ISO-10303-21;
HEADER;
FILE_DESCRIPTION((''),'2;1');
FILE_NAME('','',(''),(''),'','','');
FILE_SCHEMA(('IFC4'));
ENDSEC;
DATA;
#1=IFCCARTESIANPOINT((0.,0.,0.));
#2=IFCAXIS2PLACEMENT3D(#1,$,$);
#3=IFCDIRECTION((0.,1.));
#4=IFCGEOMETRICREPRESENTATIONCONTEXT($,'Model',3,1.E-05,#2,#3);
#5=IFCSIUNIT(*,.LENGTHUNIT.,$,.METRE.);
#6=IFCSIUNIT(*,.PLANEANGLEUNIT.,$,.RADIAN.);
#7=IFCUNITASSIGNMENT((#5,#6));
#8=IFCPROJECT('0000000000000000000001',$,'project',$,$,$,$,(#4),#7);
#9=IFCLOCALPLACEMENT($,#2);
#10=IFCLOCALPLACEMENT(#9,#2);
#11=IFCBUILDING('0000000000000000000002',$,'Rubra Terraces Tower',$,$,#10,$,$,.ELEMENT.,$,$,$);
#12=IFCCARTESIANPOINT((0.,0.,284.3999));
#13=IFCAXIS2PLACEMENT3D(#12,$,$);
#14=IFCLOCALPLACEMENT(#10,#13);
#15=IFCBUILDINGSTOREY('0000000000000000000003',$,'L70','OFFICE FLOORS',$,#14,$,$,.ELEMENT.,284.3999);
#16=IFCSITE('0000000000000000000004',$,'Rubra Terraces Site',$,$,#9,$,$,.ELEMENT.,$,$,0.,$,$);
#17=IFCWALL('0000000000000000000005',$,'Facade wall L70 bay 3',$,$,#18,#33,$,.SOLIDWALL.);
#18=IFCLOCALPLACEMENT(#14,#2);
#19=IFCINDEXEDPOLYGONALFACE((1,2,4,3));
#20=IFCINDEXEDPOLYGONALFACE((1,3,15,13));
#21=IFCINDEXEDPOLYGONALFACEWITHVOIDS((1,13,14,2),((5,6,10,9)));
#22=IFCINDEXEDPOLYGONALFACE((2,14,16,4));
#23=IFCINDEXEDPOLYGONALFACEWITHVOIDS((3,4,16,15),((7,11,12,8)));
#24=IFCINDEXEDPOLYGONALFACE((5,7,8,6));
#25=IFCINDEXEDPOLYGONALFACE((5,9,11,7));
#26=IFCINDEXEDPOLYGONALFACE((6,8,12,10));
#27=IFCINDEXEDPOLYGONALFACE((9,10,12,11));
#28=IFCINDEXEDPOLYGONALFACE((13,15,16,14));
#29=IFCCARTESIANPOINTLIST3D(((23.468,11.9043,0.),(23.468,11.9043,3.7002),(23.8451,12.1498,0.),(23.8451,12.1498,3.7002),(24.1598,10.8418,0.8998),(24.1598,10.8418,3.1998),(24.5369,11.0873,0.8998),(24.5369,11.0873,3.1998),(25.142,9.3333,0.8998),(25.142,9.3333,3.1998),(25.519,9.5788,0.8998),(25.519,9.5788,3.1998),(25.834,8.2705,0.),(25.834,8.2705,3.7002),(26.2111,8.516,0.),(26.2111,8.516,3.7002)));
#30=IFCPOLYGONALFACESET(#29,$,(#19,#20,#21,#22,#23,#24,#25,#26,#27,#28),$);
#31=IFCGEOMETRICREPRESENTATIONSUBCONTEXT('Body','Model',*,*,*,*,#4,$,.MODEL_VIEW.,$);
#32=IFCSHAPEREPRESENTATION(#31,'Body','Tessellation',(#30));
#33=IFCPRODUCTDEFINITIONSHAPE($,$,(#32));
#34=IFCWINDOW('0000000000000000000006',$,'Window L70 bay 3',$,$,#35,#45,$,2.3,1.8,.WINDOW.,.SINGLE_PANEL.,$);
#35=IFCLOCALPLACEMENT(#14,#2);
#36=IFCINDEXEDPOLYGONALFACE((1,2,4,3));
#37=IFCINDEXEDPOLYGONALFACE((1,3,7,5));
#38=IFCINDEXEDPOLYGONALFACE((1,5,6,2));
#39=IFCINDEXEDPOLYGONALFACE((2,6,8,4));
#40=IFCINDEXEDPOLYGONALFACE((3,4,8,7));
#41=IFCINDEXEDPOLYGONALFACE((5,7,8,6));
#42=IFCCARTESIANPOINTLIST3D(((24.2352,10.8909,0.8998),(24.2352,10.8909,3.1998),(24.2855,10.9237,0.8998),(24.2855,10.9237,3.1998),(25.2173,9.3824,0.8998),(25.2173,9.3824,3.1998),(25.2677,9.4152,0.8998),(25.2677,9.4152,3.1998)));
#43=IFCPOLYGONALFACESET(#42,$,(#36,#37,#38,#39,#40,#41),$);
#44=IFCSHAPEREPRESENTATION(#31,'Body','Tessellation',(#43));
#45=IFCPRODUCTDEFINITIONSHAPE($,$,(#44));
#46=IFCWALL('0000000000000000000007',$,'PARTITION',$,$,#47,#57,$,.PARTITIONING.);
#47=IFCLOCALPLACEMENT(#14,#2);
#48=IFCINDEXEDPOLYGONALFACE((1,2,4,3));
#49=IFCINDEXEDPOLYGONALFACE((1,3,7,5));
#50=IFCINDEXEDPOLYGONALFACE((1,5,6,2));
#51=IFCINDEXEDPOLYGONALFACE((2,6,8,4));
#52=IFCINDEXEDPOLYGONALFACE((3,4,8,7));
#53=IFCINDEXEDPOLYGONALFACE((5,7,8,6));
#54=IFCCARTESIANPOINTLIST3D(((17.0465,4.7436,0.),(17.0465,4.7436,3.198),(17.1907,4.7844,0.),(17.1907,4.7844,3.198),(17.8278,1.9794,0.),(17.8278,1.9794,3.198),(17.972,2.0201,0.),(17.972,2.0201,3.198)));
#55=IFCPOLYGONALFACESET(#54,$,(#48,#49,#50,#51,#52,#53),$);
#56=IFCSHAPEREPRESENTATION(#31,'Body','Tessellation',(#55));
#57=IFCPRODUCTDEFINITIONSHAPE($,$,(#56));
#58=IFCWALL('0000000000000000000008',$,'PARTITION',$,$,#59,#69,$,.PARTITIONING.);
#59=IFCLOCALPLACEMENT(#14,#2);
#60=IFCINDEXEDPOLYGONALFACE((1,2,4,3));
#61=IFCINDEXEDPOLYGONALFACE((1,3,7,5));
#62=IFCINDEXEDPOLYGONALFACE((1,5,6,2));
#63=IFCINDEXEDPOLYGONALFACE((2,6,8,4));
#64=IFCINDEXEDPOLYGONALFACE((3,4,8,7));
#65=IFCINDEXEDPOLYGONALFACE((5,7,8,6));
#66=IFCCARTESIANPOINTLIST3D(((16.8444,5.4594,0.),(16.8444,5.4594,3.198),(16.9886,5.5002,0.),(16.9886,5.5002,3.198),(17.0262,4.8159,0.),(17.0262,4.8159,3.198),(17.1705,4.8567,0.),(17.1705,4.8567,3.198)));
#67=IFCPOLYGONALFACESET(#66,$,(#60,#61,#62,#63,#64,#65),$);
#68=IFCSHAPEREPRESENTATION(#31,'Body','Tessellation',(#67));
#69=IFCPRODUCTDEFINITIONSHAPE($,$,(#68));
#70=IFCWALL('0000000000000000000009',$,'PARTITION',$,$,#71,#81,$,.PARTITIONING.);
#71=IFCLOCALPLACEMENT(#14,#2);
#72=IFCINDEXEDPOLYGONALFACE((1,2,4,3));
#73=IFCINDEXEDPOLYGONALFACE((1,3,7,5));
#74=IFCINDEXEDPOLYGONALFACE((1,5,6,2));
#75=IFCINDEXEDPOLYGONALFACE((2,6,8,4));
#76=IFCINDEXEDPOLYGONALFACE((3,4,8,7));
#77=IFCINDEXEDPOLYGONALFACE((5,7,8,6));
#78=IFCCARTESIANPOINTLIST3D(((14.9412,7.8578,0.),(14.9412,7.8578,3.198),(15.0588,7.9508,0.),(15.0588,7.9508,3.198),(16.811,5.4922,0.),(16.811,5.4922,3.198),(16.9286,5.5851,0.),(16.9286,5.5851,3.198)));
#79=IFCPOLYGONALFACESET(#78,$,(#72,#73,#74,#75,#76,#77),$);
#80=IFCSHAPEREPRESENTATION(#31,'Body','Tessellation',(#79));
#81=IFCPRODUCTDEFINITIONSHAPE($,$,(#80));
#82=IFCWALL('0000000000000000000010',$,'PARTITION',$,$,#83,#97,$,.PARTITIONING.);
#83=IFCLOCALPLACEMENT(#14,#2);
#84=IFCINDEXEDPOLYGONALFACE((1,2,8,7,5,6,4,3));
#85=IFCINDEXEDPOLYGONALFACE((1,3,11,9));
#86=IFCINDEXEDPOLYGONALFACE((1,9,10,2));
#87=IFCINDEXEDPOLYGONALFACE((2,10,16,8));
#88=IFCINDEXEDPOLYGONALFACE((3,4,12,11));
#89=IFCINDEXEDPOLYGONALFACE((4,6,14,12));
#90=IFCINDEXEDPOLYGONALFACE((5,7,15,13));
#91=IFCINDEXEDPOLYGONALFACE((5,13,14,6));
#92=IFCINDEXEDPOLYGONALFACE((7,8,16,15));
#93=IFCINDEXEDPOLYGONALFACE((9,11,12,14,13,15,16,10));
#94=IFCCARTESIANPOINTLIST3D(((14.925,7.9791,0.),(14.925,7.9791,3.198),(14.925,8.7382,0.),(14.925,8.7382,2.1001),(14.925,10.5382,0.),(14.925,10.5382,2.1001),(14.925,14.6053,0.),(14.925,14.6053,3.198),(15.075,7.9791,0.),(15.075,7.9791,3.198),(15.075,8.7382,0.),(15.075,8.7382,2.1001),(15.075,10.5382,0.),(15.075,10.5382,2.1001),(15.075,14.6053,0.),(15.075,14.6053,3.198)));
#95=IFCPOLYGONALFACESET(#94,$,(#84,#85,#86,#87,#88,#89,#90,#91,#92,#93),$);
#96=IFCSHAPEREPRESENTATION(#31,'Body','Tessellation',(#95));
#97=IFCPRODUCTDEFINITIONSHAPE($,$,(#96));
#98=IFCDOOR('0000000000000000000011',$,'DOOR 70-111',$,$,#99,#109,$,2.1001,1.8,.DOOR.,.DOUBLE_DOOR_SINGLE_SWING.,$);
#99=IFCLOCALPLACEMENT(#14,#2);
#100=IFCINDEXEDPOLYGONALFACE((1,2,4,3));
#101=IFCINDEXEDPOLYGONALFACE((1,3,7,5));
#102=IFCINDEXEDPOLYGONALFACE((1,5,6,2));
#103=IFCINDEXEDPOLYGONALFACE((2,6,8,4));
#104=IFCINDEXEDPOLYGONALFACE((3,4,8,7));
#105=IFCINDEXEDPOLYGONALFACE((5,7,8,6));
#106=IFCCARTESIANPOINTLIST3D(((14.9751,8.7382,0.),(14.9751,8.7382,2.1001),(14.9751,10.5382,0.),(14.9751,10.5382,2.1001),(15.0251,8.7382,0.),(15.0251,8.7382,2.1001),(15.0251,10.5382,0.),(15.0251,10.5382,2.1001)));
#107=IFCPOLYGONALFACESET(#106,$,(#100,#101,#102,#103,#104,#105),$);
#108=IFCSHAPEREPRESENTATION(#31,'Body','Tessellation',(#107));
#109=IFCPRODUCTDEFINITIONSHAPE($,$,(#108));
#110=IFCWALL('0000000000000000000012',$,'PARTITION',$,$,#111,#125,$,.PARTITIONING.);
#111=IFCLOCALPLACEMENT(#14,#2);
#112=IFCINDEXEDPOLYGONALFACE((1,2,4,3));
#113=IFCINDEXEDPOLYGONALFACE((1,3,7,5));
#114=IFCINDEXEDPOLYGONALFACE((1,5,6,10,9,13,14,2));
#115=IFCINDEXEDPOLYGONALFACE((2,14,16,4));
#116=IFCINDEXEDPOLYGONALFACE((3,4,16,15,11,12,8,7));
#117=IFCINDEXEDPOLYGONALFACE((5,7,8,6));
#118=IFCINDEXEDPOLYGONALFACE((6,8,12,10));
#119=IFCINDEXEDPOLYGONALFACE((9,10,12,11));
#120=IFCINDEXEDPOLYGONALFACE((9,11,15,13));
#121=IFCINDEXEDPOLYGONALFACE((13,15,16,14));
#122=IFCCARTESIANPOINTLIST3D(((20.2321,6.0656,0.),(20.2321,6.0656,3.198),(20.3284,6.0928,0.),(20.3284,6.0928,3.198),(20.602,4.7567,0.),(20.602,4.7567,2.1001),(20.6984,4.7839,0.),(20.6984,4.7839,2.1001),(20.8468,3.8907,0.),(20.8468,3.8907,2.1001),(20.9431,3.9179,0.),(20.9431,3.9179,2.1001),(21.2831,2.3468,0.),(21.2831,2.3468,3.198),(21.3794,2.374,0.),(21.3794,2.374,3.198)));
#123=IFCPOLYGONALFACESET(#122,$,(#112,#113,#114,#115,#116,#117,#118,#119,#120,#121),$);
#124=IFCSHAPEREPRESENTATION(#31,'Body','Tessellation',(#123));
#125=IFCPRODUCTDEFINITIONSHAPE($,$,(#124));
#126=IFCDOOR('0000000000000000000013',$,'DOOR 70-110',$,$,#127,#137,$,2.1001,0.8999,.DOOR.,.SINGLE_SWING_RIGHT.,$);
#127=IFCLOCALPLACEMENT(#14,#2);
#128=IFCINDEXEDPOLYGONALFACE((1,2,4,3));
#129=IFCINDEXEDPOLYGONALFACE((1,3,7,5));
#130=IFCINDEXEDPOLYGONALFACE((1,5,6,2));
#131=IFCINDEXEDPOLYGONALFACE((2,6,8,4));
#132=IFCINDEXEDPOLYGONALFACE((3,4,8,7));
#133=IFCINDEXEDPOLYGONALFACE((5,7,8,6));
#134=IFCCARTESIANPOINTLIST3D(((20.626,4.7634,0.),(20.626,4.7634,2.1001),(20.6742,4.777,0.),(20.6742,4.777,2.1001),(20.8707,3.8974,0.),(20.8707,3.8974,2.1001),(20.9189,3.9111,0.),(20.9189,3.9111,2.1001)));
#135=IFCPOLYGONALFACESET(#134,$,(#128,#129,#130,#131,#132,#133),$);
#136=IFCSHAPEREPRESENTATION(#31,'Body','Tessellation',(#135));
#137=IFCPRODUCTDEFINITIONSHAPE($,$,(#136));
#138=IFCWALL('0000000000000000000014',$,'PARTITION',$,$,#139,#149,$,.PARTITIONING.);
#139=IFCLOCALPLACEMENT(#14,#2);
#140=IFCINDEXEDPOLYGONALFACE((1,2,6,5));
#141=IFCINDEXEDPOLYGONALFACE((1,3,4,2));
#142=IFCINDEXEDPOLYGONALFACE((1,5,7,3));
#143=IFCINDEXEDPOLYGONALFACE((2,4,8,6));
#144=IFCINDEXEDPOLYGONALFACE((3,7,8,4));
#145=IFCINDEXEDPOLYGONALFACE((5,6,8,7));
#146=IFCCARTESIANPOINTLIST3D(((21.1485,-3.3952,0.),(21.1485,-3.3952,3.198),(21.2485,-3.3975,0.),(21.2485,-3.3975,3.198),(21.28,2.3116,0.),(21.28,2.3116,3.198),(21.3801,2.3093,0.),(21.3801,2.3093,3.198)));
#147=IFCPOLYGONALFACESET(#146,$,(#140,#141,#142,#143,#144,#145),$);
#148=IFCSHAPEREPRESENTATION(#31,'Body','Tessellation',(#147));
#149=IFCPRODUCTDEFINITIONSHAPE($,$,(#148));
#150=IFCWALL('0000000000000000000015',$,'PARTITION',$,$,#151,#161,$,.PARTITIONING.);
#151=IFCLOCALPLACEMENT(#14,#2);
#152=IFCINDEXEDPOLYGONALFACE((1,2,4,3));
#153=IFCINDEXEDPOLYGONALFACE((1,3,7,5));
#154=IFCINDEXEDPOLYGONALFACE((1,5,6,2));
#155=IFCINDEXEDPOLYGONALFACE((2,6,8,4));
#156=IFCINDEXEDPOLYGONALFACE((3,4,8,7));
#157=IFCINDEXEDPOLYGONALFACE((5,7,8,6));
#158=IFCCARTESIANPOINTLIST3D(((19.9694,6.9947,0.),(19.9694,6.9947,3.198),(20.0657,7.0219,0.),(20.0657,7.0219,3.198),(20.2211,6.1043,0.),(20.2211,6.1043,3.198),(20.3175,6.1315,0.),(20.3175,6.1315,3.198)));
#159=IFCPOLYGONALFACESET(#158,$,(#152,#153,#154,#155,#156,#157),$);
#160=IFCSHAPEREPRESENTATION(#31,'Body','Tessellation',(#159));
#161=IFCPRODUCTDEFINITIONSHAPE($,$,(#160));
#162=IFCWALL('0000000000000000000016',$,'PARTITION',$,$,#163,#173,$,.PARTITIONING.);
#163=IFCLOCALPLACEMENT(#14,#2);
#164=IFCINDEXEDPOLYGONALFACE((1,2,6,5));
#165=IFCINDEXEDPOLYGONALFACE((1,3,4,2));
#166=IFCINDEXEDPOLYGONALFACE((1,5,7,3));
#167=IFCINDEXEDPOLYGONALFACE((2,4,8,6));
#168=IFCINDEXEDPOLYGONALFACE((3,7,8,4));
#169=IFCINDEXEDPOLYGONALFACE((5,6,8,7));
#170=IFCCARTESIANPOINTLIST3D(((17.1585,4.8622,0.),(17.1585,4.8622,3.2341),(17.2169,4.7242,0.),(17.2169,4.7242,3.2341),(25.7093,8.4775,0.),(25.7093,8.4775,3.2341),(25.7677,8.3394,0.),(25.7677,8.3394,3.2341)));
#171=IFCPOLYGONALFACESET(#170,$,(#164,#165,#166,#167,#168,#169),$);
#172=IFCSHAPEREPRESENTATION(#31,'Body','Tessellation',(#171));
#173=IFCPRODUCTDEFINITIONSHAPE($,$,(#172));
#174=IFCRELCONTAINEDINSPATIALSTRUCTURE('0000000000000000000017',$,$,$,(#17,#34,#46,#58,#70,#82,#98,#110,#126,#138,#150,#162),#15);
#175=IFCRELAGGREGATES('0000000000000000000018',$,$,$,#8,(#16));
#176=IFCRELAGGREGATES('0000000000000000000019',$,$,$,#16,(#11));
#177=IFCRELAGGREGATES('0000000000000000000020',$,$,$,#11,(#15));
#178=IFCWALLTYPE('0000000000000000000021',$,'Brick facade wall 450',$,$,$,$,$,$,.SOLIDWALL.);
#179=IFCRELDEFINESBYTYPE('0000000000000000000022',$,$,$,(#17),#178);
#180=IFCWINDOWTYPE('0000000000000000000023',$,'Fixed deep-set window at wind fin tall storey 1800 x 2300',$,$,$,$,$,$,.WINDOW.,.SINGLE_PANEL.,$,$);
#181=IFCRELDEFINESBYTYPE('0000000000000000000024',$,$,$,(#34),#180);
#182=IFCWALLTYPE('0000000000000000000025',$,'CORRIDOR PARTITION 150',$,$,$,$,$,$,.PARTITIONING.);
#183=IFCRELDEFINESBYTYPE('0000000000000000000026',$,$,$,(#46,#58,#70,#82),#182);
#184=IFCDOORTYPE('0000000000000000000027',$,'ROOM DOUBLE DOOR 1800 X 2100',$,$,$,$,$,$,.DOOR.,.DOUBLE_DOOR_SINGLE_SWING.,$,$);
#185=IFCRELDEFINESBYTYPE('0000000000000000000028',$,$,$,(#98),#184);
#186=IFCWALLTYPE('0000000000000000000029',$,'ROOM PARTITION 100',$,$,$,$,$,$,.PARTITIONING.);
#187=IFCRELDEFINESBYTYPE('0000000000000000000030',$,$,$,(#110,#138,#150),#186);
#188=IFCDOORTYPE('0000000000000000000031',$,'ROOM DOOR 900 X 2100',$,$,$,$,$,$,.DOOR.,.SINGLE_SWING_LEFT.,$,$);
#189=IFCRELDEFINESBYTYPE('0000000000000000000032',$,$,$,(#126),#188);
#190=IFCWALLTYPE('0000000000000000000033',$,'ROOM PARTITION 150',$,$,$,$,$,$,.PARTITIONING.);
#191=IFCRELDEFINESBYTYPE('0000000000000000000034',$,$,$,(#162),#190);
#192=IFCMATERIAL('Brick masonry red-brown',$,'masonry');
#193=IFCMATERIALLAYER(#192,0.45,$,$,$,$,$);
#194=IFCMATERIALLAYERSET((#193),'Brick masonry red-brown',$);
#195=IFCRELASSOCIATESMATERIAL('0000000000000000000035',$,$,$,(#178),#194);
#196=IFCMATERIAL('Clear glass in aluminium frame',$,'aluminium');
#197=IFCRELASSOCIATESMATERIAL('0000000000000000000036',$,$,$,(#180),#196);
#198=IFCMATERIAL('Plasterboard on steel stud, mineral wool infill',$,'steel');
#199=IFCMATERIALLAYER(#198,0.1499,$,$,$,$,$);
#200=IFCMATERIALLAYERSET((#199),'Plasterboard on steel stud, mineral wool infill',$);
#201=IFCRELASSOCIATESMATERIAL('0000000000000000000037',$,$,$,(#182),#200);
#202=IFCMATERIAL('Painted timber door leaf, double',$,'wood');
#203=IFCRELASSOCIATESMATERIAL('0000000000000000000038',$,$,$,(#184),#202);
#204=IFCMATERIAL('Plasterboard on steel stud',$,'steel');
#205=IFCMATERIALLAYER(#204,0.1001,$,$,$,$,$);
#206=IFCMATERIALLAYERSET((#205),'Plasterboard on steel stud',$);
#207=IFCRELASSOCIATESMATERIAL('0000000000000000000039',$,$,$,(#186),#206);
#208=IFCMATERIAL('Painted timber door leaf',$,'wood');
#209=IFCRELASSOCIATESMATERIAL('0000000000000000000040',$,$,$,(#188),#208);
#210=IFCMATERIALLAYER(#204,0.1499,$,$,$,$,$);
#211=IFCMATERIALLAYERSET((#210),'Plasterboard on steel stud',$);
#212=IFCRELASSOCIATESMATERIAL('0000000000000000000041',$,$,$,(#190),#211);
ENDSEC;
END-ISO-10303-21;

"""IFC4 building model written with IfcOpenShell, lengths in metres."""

from ifc_helpers import new_model, si_unit, direction, frame, frame_2d, origin, place, context, subcontext, project, spatial, rectangle, extrude, material, layer, layer_set, type_object, element, fill, save


model = new_model("IFC4")

# Units and contexts
model_context = context("Model", 3, precision=1e-05, world=origin(), true_north=direction((0.0, 1.0)))
body_context = subcontext(model_context, "Body", "Model", "MODEL_VIEW")
ifc_project = project(units=[si_unit("LENGTHUNIT", "METRE"), si_unit("PLANEANGLEUNIT", "RADIAN")], contexts=[model_context])

# Site, building, storey
site_placement = place(None, origin())
site = spatial("IfcSite", under=ifc_project, at=site_placement, Name="Rubra Terraces Site", CompositionType="ELEMENT", RefElevation=0.0)
building_placement = place(site_placement, origin())
building = spatial("IfcBuilding", under=site, at=building_placement, Name="Rubra Terraces Tower", CompositionType="ELEMENT")
storey_placement = place(building_placement, frame((0.0, 0.0, 284.3999)))
storey = spatial("IfcBuildingStorey", under=building, at=storey_placement, Name="L70", Description="OFFICE FLOORS", CompositionType="ELEMENT", Elevation=284.3999)

# Wall, opening, window
ifc_material_1 = material(Name="Brick masonry red-brown", Category="masonry")
ifc_layer_1 = layer(ifc_material_1, 0.45)
ifc_layer_set_1 = layer_set([ifc_layer_1], Name="Brick masonry red-brown")
wall_type_1 = type_object("IfcWallType", Name="Brick facade wall 450", PredefinedType="SOLIDWALL", material=ifc_layer_set_1)
ifc_material_2 = material(Name="Clear glass in aluminium frame", Category="aluminium")
wall_1_placement = place(storey_placement, frame((26.0225, 8.3933, 0.0), z_axis=(0.0, 0.0, 1.0), x_axis=(-0.545637, 0.838021, 0.0)))
wall_1 = element("IfcWall", 1, at=wall_1_placement, inside=storey, type_object=wall_type_1, Name="Facade wall L70 bay 3", PredefinedType="SOLIDWALL", context=body_context, shape_type="SweptSolid", body=[
    extrude(rectangle(XDim=4.3362, YDim=0.45, at=frame_2d((2.168, 0.0))), origin(), (0.0, 0.0, 1.0), 3.7002),
])
opening_1_placement = place(wall_1_placement, frame((1.2683, 0.0, 0.8999)))
opening_1 = element("IfcOpeningElement", 2, at=opening_1_placement, cuts=wall_1, PredefinedType="OPENING", context=body_context, shape_type="SweptSolid", body=[
    extrude(rectangle(XDim=1.8, YDim=2.3, at=frame_2d((0.8999, 1.1499))), frame((0.0, 0.2349, 0.0), z_axis=(0.0, -1.0, 0.0), x_axis=(1.0, 0.0, 0.0)), (0.0, 0.0, 1.0), 0.47),
])
window_type_1 = type_object("IfcWindowType", Name="Fixed deep-set window at wind fin tall storey 1800 x 2300", PartitioningType="SINGLE_PANEL", PredefinedType="WINDOW", material=ifc_material_2)
window_1_placement = place(opening_1_placement, origin())
window_1 = element("IfcWindow", 3, at=window_1_placement, inside=storey, type_object=window_type_1, Name="Window L70 bay 3", OverallHeight=2.3, OverallWidth=1.8, PartitioningType="SINGLE_PANEL", PredefinedType="WINDOW", context=body_context, shape_type="SweptSolid", body=[
    extrude(rectangle(XDim=1.8, YDim=2.3, at=frame_2d((0.8999, 1.1499))), frame((0.0, 0.135, 0.0), z_axis=(0.0, -1.0, 0.0), x_axis=(1.0, 0.0, 0.0)), (0.0, 0.0, 1.0), 0.0601),
])
fill(opening_1, window_1)

# Walls
ifc_material_3 = material(Name="Plasterboard on steel stud, mineral wool infill", Category="steel")
ifc_layer_2 = layer(ifc_material_3, 0.1499)
ifc_layer_set_2 = layer_set([ifc_layer_2], Name="Plasterboard on steel stud, mineral wool infill")
wall_type_2 = type_object("IfcWallType", Name="CORRIDOR PARTITION 150", PredefinedType="PARTITIONING", material=ifc_layer_set_2)
wall_2_placement = place(storey_placement, frame((17.8999, 1.9998, 0.0), z_axis=(0.0, 0.0, 1.0), x_axis=(-0.271981, 0.962303, 0.0)))
element("IfcWall", 4, at=wall_2_placement, inside=storey, type_object=wall_type_2, Name="PARTITION", PredefinedType="PARTITIONING", context=body_context, shape_type="SweptSolid", body=[
    extrude(rectangle(XDim=2.8726, YDim=0.1499, at=frame_2d((1.4363, 0.0))), origin(), (0.0, 0.0, 1.0), 3.198),
])
wall_3_placement = place(storey_placement, frame((17.0984, 4.8362, 0.0), z_axis=(0.0, 0.0, 1.0), x_axis=(-0.271972, 0.962305, 0.0)))
element("IfcWall", 5, at=wall_3_placement, inside=storey, type_object=wall_type_2, Name="PARTITION", PredefinedType="PARTITIONING", context=body_context, shape_type="SweptSolid", body=[
    extrude(rectangle(XDim=0.6687, YDim=0.1499, at=frame_2d((0.3345, 0.0))), origin(), (0.0, 0.0, 1.0), 3.198),
])
wall_4_placement = place(storey_placement, frame((16.8699, 5.5386, 0.0), z_axis=(0.0, 0.0, 1.0), x_axis=(-0.620093, 0.784528, 0.0)))
element("IfcWall", 6, at=wall_4_placement, inside=storey, type_object=wall_type_2, Name="PARTITION", PredefinedType="PARTITIONING", context=body_context, shape_type="SweptSolid", body=[
    extrude(rectangle(XDim=3.0154, YDim=0.1499, at=frame_2d((1.5078, 0.0))), origin(), (0.0, 0.0, 1.0), 3.198),
])

# Walls, openings, doors
wall_5_placement = place(storey_placement, frame((15.0, 7.9792, 0.0), z_axis=(0.0, 0.0, 1.0), x_axis=(0.0, 1.0, 0.0)))
wall_5 = element("IfcWall", 7, at=wall_5_placement, inside=storey, type_object=wall_type_2, Name="PARTITION", PredefinedType="PARTITIONING", context=body_context, shape_type="SweptSolid", body=[
    extrude(rectangle(XDim=6.6262, YDim=0.1499, at=frame_2d((3.313, 0.0))), origin(), (0.0, 0.0, 1.0), 3.198),
])
opening_2_placement = place(wall_5_placement, frame((0.759, 0.0, 0.0)))
opening_2 = element("IfcOpeningElement", 8, at=opening_2_placement, cuts=wall_5, PredefinedType="OPENING", context=body_context, shape_type="SweptSolid", body=[
    extrude(rectangle(XDim=1.8, YDim=2.1001, at=frame_2d((0.8999, 1.05))), frame((0.0, 0.085, 0.0), z_axis=(0.0, -1.0, 0.0), x_axis=(1.0, 0.0, 0.0)), (0.0, 0.0, 1.0), 0.1699),
])
ifc_material_4 = material(Name="Painted timber door leaf, double", Category="wood")
door_type_1 = type_object("IfcDoorType", Name="ROOM DOUBLE DOOR 1800 X 2100", OperationType="DOUBLE_DOOR_SINGLE_SWING", PredefinedType="DOOR", material=ifc_material_4)
door_1_placement = place(opening_2_placement, origin())
door_1 = element("IfcDoor", 9, at=door_1_placement, inside=storey, type_object=door_type_1, Name="DOOR 70-111", OperationType="DOUBLE_DOOR_SINGLE_SWING", OverallHeight=2.1001, OverallWidth=1.8, PredefinedType="DOOR", context=body_context, shape_type="SweptSolid", body=[
    extrude(rectangle(XDim=1.8, YDim=2.1001, at=frame_2d((0.8999, 1.05))), frame((0.0, 0.0249, 0.0), z_axis=(0.0, -1.0, 0.0), x_axis=(1.0, 0.0, 0.0)), (0.0, 0.0, 1.0), 0.05),
])
fill(opening_2, door_1)
ifc_material_5 = material(Name="Plasterboard on steel stud", Category="steel")
ifc_layer_3 = layer(ifc_material_5, 0.1001)
ifc_layer_set_3 = layer_set([ifc_layer_3], Name="Plasterboard on steel stud")
wall_type_3 = type_object("IfcWallType", Name="ROOM PARTITION 100", PredefinedType="PARTITIONING", material=ifc_layer_set_3)
wall_6_placement = place(storey_placement, frame((20.2803, 6.0791, 0.0), z_axis=(0.0, 0.0, 1.0), x_axis=(0.271975, -0.962304, 0.0)))
wall_6 = element("IfcWall", 10, at=wall_6_placement, inside=storey, type_object=wall_type_3, Name="PARTITION", PredefinedType="PARTITIONING", context=body_context, shape_type="SweptSolid", body=[
    extrude(rectangle(XDim=3.8645, YDim=0.1001, at=frame_2d((1.9321, 0.0))), origin(), (0.0, 0.0, 1.0), 3.198),
])
opening_3_placement = place(wall_6_placement, frame((1.3601, 0.0, 0.0)))
opening_3 = element("IfcOpeningElement", 11, at=opening_3_placement, cuts=wall_6, PredefinedType="OPENING", context=body_context, shape_type="SweptSolid", body=[
    extrude(rectangle(XDim=0.8999, YDim=2.1001, at=frame_2d((0.45, 1.05))), frame((0.0, 0.0601, 0.0), z_axis=(0.0, -1.0, 0.0), x_axis=(1.0, 0.0, 0.0)), (0.0, 0.0, 1.0), 0.1201),
])
ifc_material_6 = material(Name="Painted timber door leaf", Category="wood")
door_type_2 = type_object("IfcDoorType", Name="ROOM DOOR 900 X 2100", OperationType="SINGLE_SWING_LEFT", PredefinedType="DOOR", material=ifc_material_6)
door_2_placement = place(opening_3_placement, origin())
door_2 = element("IfcDoor", 12, at=door_2_placement, inside=storey, type_object=door_type_2, Name="DOOR 70-110", OperationType="SINGLE_SWING_RIGHT", OverallHeight=2.1001, OverallWidth=0.8999, PredefinedType="DOOR", context=body_context, shape_type="SweptSolid", body=[
    extrude(rectangle(XDim=0.8999, YDim=2.1001, at=frame_2d((0.45, 1.05))), frame((0.0, 0.0249, 0.0), z_axis=(0.0, -1.0, 0.0), x_axis=(1.0, 0.0, 0.0)), (0.0, 0.0, 1.0), 0.05),
])
fill(opening_3, door_2)

# Walls
wall_7_placement = place(storey_placement, frame((21.3301, 2.3103, 0.0), z_axis=(0.0, 0.0, 1.0), x_axis=(-0.023053, -0.999734, 0.0)))
element("IfcWall", 13, at=wall_7_placement, inside=storey, type_object=wall_type_3, Name="PARTITION", PredefinedType="PARTITIONING", context=body_context, shape_type="SweptSolid", body=[
    extrude(rectangle(XDim=5.7083, YDim=0.1001, at=frame_2d((2.854, 0.0))), origin(), (0.0, 0.0, 1.0), 3.198),
])
wall_8_placement = place(storey_placement, frame((20.0176, 7.0083, 0.0), z_axis=(0.0, 0.0, 1.0), x_axis=(0.272037, -0.962287, 0.0)))
element("IfcWall", 14, at=wall_8_placement, inside=storey, type_object=wall_type_3, Name="PARTITION", PredefinedType="PARTITIONING", context=body_context, shape_type="SweptSolid", body=[
    extrude(rectangle(XDim=0.9253, YDim=0.1001, at=frame_2d((0.4626, 0.0))), origin(), (0.0, 0.0, 1.0), 3.198),
])
ifc_layer_4 = layer(ifc_material_5, 0.1499)
ifc_layer_set_4 = layer_set([ifc_layer_4], Name="Plasterboard on steel stud")
wall_type_4 = type_object("IfcWallType", Name="ROOM PARTITION 150", PredefinedType="PARTITIONING", material=ifc_layer_set_4)
wall_9_placement = place(storey_placement, frame((25.7385, 8.4084, 0.0), z_axis=(0.0, 0.0, 1.0), x_axis=(-0.92106, -0.38942, 0.0)))
element("IfcWall", 15, at=wall_9_placement, inside=storey, type_object=wall_type_4, Name="PARTITION", PredefinedType="PARTITIONING", context=body_context, shape_type="SweptSolid", body=[
    extrude(rectangle(XDim=9.2837, YDim=0.1499, at=frame_2d((4.6418, 0.0))), origin(), (0.0, 0.0, 1.0), 3.2341),
])

save(model, "model.ifc")
